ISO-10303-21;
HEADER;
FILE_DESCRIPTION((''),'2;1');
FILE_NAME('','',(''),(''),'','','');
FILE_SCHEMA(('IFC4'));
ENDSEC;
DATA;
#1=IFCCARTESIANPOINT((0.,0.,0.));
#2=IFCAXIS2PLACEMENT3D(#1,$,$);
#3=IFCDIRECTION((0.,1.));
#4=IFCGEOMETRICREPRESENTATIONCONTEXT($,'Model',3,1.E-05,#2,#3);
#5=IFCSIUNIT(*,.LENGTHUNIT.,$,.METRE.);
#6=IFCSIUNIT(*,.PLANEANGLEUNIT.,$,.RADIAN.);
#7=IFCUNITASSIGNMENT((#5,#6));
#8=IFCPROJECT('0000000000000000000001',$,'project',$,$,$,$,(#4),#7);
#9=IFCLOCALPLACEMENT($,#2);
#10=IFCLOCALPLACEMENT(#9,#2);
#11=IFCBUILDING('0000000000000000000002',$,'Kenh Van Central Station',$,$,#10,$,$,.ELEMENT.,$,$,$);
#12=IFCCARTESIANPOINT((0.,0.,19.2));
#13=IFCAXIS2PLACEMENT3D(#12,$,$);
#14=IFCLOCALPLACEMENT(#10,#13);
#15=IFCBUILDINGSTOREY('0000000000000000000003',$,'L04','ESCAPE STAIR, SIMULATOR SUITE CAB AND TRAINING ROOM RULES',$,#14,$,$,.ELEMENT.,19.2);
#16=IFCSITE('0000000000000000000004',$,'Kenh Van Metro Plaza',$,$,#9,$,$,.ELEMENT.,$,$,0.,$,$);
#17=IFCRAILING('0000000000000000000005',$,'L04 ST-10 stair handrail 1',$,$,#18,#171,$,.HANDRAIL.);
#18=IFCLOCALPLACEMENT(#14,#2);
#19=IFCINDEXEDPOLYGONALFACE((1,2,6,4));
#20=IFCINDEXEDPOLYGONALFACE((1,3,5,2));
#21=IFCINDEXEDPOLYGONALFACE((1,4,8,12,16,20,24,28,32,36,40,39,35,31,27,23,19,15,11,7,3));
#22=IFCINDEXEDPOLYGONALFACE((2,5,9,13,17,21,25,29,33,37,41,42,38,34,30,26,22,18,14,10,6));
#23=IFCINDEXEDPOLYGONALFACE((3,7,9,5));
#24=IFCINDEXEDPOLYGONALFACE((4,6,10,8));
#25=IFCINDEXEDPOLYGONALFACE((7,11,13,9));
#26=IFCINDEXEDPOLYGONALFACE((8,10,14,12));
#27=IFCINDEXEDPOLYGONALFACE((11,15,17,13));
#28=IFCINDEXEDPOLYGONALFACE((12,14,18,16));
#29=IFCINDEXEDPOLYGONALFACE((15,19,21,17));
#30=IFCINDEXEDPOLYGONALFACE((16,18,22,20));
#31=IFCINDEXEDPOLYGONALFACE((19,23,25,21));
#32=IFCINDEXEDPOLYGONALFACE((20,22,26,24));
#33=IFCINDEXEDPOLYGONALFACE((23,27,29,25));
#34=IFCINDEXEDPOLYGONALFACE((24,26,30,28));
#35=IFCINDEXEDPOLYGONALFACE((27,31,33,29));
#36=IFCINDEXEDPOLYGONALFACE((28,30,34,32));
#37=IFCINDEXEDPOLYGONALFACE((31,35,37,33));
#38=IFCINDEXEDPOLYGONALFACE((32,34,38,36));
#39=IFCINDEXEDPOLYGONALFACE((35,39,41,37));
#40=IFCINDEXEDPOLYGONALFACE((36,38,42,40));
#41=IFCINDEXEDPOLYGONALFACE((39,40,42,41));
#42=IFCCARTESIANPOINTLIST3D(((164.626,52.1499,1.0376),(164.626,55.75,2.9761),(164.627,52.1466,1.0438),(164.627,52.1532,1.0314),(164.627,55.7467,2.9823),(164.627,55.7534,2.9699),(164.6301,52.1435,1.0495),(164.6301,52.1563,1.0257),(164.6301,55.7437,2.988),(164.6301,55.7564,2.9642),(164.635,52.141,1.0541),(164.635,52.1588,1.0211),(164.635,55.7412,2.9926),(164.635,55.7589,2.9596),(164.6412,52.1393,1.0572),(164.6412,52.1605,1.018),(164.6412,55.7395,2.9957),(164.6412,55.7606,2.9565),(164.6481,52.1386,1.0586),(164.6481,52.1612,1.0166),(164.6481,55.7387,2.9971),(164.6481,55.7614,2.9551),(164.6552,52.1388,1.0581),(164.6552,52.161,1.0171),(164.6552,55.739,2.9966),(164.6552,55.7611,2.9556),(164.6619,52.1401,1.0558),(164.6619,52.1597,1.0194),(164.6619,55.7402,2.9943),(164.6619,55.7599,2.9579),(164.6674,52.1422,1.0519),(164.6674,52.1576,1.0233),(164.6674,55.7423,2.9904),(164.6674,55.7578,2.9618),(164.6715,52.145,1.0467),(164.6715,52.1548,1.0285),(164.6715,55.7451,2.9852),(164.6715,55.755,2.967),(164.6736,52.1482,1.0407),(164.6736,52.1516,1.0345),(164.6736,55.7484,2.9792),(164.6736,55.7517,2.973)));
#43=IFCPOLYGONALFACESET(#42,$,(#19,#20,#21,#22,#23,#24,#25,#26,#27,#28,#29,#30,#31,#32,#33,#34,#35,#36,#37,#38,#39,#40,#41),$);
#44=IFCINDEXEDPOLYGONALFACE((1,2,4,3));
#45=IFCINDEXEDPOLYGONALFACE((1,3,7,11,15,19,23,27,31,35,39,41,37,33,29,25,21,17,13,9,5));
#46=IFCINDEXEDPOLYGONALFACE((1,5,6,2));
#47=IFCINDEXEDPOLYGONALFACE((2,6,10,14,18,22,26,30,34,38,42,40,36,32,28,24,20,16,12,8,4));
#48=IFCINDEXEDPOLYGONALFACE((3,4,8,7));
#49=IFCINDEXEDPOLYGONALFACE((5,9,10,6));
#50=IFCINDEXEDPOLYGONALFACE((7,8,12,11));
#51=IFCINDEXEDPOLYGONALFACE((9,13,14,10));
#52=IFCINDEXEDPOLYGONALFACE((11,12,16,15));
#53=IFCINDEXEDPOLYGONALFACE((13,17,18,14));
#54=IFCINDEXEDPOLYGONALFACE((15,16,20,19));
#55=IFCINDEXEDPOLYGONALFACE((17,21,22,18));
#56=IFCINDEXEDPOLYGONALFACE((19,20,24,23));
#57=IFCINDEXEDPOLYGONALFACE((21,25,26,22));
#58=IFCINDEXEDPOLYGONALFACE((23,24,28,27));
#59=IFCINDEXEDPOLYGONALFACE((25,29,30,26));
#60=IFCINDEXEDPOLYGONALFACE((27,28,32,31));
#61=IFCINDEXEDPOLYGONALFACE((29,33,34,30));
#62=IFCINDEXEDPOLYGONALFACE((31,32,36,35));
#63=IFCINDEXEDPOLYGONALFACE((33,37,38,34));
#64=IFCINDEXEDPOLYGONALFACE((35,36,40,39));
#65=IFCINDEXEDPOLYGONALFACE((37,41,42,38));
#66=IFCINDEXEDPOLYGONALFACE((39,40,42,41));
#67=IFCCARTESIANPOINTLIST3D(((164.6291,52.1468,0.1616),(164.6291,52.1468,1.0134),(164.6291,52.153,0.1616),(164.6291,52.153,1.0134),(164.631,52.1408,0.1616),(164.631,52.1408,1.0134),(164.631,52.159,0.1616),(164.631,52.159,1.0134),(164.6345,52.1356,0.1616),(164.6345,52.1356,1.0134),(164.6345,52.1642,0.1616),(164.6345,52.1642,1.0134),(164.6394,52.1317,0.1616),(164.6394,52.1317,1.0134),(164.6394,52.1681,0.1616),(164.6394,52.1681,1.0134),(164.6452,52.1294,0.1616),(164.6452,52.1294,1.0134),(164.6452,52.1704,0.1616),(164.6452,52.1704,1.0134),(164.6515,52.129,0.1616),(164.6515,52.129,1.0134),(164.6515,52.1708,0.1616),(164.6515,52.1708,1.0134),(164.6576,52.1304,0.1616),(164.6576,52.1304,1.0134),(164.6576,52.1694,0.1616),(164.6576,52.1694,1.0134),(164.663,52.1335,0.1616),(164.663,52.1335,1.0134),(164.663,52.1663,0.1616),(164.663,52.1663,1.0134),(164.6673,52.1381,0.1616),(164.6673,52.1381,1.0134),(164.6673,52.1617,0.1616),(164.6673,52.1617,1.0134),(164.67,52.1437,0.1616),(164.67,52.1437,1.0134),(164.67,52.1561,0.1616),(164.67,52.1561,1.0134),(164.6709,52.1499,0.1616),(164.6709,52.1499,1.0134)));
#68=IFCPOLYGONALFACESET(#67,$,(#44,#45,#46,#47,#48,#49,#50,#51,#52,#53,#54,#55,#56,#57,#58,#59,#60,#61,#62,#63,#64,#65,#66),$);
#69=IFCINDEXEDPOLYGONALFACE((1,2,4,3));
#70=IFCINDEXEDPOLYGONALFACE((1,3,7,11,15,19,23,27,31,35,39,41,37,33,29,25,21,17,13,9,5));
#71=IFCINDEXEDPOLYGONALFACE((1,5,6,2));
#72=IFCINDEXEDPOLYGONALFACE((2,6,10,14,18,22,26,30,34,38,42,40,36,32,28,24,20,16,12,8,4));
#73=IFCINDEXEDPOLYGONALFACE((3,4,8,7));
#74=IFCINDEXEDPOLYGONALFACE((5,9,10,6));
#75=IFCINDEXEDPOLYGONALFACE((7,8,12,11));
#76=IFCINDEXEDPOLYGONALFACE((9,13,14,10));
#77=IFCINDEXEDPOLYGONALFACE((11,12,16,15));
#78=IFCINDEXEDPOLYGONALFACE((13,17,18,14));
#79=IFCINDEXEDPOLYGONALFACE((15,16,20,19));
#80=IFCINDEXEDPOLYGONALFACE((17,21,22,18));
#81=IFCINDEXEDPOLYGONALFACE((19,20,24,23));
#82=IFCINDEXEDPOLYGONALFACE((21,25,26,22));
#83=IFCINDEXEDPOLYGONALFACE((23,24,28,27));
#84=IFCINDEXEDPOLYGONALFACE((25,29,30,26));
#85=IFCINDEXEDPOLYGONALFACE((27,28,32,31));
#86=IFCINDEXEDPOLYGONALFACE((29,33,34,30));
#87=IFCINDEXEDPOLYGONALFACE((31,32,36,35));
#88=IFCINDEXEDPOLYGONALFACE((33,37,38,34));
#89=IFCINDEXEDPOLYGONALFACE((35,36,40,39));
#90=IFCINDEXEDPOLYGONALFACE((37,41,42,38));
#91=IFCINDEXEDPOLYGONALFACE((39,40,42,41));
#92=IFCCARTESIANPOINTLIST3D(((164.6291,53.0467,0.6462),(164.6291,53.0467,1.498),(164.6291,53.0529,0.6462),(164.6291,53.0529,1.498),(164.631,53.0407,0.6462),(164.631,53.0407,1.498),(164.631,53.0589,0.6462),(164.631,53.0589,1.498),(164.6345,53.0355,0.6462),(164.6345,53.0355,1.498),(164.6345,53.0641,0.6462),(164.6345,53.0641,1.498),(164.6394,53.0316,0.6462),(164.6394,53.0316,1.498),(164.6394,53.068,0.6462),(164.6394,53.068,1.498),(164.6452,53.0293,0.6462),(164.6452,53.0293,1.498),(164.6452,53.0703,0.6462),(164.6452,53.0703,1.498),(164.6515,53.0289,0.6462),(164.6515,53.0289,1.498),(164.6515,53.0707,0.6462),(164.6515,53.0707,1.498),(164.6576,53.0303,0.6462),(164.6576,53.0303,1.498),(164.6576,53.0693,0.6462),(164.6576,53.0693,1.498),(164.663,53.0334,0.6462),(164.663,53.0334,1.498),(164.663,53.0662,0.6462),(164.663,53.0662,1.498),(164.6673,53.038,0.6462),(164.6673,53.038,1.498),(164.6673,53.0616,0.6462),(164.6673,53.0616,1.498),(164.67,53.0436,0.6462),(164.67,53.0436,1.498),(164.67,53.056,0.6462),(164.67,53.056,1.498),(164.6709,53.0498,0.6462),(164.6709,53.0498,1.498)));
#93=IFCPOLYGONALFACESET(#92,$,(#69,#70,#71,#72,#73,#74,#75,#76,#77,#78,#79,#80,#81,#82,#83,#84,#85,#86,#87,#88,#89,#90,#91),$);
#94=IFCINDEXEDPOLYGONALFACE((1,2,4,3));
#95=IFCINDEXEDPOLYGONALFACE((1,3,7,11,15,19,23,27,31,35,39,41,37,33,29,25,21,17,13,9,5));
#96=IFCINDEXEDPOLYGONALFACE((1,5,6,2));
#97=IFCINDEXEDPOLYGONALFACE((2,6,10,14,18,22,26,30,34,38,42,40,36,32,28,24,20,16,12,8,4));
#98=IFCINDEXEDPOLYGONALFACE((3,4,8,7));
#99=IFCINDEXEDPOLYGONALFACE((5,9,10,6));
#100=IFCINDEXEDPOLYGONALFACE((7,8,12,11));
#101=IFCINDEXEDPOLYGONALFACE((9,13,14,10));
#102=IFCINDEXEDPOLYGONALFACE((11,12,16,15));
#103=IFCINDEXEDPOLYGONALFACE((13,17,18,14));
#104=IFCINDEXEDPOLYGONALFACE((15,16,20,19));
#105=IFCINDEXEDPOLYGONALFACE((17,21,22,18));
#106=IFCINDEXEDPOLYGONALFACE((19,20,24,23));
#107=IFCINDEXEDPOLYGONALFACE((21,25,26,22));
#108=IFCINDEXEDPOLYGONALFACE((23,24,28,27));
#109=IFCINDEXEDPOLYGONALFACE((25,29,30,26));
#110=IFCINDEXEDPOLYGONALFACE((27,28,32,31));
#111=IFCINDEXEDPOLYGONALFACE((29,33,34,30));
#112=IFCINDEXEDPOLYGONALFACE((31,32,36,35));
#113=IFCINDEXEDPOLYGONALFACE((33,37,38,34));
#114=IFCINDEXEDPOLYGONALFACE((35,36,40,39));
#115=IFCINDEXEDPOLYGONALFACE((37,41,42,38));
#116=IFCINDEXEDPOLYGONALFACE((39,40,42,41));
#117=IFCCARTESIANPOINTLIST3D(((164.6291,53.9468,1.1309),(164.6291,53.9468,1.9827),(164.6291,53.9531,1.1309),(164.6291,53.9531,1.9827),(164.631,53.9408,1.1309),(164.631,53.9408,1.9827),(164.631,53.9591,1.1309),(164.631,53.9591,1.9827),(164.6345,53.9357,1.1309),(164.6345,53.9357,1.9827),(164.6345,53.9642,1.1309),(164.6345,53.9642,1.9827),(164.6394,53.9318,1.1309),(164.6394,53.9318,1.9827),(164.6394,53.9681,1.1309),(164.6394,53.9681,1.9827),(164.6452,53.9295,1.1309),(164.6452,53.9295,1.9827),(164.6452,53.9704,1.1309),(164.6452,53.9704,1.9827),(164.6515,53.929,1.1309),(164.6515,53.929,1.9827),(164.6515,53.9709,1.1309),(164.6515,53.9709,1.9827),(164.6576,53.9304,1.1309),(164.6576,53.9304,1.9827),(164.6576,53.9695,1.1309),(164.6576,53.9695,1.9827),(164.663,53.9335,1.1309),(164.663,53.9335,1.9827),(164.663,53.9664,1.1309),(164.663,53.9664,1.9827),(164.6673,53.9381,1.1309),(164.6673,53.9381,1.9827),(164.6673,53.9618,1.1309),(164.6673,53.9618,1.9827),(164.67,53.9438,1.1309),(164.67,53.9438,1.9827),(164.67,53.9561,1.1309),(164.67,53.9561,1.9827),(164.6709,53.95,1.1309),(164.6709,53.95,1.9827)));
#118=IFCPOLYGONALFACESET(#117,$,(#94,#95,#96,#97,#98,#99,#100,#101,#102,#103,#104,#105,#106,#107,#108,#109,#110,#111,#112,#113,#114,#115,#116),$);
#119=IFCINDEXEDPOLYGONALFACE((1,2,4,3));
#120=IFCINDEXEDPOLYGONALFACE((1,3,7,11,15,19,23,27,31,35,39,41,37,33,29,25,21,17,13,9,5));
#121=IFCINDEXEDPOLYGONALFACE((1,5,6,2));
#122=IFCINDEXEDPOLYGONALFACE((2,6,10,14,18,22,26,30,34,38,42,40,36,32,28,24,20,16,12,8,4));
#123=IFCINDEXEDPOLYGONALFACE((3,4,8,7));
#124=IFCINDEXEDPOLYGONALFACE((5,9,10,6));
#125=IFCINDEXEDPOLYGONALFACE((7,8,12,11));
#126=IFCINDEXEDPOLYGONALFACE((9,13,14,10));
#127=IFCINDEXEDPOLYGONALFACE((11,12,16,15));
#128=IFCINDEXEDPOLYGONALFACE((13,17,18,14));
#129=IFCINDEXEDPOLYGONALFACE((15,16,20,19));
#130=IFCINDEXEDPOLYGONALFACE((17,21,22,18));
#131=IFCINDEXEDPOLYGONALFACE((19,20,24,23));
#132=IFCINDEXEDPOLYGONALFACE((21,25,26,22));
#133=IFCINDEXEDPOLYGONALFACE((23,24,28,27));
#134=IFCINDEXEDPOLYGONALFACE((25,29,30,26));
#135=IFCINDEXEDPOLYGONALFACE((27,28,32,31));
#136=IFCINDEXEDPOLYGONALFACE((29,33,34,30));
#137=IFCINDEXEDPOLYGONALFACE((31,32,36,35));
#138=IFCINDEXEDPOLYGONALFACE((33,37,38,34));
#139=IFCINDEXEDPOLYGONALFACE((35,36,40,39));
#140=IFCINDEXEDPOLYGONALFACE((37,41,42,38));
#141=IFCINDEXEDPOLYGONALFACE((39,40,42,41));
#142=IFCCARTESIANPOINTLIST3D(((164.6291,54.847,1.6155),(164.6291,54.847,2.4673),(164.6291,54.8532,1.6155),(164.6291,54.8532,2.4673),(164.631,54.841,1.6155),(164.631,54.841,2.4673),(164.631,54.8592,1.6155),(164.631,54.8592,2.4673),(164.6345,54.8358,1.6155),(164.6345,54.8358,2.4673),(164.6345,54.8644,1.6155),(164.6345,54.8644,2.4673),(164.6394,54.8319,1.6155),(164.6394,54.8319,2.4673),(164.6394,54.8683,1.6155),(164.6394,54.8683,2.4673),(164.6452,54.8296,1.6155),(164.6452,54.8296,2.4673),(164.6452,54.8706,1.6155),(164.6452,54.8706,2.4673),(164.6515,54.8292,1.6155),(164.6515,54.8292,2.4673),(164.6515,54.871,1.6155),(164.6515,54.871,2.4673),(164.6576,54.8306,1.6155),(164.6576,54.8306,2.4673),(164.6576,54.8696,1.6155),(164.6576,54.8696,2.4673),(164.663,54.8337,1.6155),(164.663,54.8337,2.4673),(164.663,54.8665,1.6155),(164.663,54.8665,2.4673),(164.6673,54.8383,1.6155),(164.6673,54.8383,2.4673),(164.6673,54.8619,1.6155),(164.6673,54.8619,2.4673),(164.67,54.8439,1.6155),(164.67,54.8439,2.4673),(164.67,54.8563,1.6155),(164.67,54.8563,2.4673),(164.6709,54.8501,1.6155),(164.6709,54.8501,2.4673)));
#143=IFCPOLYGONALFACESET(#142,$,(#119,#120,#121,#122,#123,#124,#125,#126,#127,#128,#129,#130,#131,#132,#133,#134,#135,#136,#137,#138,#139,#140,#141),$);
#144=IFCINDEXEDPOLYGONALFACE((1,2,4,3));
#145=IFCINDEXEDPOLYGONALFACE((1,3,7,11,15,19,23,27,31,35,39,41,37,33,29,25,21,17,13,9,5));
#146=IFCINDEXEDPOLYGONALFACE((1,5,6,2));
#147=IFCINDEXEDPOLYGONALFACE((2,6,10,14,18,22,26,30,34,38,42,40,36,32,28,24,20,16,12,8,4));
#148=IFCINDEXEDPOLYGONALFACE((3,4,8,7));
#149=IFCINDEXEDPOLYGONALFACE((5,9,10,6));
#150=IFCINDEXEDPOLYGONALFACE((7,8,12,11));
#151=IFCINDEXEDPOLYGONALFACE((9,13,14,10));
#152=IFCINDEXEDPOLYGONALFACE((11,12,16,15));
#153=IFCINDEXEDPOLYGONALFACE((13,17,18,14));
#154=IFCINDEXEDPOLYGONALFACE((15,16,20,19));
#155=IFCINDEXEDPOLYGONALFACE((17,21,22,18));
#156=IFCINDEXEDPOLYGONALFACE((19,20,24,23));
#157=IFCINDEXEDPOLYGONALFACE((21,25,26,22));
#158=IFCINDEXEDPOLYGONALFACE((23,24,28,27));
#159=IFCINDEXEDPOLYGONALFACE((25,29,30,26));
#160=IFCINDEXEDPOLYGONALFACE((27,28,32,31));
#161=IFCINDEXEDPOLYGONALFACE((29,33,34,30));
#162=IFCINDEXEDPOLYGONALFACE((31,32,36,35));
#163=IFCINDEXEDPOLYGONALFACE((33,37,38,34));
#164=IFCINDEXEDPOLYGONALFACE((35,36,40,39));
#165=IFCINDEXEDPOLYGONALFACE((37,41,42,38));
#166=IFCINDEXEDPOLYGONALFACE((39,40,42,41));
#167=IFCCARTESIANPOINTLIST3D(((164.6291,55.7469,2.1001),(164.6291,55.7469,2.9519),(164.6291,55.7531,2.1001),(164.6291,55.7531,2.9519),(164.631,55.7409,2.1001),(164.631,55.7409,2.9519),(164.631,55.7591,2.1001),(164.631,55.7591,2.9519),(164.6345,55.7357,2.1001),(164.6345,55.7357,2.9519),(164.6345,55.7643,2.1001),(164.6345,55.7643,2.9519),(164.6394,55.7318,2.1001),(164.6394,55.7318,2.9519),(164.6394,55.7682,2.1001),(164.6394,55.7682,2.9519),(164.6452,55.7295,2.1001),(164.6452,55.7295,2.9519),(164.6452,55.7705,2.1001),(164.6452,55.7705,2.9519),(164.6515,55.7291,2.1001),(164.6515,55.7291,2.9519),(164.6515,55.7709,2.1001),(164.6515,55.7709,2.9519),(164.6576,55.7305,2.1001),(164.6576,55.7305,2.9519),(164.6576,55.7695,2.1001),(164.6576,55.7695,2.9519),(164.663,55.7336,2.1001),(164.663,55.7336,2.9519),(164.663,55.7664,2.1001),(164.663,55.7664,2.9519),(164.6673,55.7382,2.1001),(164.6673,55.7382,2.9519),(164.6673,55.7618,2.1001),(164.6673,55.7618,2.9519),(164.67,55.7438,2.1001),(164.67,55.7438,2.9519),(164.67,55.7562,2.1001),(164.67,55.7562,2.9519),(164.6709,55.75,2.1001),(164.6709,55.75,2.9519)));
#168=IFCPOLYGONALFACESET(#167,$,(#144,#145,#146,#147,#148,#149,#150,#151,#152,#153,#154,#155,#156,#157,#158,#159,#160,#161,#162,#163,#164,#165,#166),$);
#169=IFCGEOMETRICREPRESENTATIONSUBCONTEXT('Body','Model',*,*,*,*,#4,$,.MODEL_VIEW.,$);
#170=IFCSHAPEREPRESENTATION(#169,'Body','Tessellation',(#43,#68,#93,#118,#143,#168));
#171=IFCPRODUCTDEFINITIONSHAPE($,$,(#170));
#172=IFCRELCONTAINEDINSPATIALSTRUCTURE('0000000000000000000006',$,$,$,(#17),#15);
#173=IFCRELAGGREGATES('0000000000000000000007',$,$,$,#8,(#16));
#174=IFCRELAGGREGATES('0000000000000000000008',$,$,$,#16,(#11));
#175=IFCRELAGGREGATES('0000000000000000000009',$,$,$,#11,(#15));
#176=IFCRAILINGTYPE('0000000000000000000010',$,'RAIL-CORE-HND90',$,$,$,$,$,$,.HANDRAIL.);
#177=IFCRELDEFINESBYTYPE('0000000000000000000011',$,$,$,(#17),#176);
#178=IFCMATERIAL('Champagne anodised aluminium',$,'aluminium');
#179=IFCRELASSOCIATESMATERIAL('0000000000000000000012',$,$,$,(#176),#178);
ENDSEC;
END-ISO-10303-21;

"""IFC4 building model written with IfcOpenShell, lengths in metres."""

from ifc_helpers import new_model, si_unit, direction, frame, origin, origin_2d, place, context, subcontext, project, spatial, circle, extrude, material, type_object, element, save


model = new_model("IFC4")

# Units and contexts
model_context = context("Model", 3, precision=1e-05, world=origin(), true_north=direction((0.0, 1.0)))
body_context = subcontext(model_context, "Body", "Model", "MODEL_VIEW")
ifc_project = project(units=[si_unit("LENGTHUNIT", "METRE"), si_unit("PLANEANGLEUNIT", "RADIAN")], contexts=[model_context])

# Site, building, storey
site_placement = place(None, origin())
site = spatial("IfcSite", under=ifc_project, at=site_placement, Name="Kenh Van Metro Plaza", CompositionType="ELEMENT", RefElevation=0.0)
building_placement = place(site_placement, origin())
building = spatial("IfcBuilding", under=site, at=building_placement, Name="Kenh Van Central Station", CompositionType="ELEMENT")
storey_placement = place(building_placement, frame((0.0, 0.0, 19.2)))
storey = spatial("IfcBuildingStorey", under=building, at=storey_placement, Name="L04", Description="ESCAPE STAIR, SIMULATOR SUITE CAB AND TRAINING ROOM RULES", CompositionType="ELEMENT", Elevation=19.2)

# Shared definitions
ifc_material_1 = material(Name="Champagne anodised aluminium", Category="aluminium")

# Railing
railing_type_1 = type_object("IfcRailingType", Name="RAIL-CORE-HND90", PredefinedType="HANDRAIL", material=ifc_material_1)
railing_1_placement = place(storey_placement, frame((164.6499, 52.1499, 0.1616)))
element("IfcRailing", 1, at=railing_1_placement, inside=storey, type_object=railing_type_1, Name="L04 ST-10 stair handrail 1", PredefinedType="HANDRAIL", context=body_context, shape_type="SweptSolid", body=[
    extrude(circle(Radius=0.0239, at=origin_2d()), frame((0.0, 0.0, 0.876), z_axis=(0.0, 0.880475, 0.474093), x_axis=(-1.0, 0.0, 0.0)), (0.0, 0.0, 1.0), 4.0889),
    extrude(circle(Radius=0.021, at=origin_2d()), origin(), (0.0, 0.0, 1.0), 0.8518),
    extrude(circle(Radius=0.021, at=origin_2d()), frame((0.0, 0.8999, 0.4846)), (0.0, 0.0, 1.0), 0.8518),
    extrude(circle(Radius=0.021, at=origin_2d()), frame((0.0, 1.8, 0.9692)), (0.0, 0.0, 1.0), 0.8518),
    extrude(circle(Radius=0.021, at=origin_2d()), frame((0.0, 2.7002, 1.4539)), (0.0, 0.0, 1.0), 0.8518),
    extrude(circle(Radius=0.021, at=origin_2d()), frame((0.0, 3.6001, 1.9385)), (0.0, 0.0, 1.0), 0.8518),
])

save(model, "model.ifc")
